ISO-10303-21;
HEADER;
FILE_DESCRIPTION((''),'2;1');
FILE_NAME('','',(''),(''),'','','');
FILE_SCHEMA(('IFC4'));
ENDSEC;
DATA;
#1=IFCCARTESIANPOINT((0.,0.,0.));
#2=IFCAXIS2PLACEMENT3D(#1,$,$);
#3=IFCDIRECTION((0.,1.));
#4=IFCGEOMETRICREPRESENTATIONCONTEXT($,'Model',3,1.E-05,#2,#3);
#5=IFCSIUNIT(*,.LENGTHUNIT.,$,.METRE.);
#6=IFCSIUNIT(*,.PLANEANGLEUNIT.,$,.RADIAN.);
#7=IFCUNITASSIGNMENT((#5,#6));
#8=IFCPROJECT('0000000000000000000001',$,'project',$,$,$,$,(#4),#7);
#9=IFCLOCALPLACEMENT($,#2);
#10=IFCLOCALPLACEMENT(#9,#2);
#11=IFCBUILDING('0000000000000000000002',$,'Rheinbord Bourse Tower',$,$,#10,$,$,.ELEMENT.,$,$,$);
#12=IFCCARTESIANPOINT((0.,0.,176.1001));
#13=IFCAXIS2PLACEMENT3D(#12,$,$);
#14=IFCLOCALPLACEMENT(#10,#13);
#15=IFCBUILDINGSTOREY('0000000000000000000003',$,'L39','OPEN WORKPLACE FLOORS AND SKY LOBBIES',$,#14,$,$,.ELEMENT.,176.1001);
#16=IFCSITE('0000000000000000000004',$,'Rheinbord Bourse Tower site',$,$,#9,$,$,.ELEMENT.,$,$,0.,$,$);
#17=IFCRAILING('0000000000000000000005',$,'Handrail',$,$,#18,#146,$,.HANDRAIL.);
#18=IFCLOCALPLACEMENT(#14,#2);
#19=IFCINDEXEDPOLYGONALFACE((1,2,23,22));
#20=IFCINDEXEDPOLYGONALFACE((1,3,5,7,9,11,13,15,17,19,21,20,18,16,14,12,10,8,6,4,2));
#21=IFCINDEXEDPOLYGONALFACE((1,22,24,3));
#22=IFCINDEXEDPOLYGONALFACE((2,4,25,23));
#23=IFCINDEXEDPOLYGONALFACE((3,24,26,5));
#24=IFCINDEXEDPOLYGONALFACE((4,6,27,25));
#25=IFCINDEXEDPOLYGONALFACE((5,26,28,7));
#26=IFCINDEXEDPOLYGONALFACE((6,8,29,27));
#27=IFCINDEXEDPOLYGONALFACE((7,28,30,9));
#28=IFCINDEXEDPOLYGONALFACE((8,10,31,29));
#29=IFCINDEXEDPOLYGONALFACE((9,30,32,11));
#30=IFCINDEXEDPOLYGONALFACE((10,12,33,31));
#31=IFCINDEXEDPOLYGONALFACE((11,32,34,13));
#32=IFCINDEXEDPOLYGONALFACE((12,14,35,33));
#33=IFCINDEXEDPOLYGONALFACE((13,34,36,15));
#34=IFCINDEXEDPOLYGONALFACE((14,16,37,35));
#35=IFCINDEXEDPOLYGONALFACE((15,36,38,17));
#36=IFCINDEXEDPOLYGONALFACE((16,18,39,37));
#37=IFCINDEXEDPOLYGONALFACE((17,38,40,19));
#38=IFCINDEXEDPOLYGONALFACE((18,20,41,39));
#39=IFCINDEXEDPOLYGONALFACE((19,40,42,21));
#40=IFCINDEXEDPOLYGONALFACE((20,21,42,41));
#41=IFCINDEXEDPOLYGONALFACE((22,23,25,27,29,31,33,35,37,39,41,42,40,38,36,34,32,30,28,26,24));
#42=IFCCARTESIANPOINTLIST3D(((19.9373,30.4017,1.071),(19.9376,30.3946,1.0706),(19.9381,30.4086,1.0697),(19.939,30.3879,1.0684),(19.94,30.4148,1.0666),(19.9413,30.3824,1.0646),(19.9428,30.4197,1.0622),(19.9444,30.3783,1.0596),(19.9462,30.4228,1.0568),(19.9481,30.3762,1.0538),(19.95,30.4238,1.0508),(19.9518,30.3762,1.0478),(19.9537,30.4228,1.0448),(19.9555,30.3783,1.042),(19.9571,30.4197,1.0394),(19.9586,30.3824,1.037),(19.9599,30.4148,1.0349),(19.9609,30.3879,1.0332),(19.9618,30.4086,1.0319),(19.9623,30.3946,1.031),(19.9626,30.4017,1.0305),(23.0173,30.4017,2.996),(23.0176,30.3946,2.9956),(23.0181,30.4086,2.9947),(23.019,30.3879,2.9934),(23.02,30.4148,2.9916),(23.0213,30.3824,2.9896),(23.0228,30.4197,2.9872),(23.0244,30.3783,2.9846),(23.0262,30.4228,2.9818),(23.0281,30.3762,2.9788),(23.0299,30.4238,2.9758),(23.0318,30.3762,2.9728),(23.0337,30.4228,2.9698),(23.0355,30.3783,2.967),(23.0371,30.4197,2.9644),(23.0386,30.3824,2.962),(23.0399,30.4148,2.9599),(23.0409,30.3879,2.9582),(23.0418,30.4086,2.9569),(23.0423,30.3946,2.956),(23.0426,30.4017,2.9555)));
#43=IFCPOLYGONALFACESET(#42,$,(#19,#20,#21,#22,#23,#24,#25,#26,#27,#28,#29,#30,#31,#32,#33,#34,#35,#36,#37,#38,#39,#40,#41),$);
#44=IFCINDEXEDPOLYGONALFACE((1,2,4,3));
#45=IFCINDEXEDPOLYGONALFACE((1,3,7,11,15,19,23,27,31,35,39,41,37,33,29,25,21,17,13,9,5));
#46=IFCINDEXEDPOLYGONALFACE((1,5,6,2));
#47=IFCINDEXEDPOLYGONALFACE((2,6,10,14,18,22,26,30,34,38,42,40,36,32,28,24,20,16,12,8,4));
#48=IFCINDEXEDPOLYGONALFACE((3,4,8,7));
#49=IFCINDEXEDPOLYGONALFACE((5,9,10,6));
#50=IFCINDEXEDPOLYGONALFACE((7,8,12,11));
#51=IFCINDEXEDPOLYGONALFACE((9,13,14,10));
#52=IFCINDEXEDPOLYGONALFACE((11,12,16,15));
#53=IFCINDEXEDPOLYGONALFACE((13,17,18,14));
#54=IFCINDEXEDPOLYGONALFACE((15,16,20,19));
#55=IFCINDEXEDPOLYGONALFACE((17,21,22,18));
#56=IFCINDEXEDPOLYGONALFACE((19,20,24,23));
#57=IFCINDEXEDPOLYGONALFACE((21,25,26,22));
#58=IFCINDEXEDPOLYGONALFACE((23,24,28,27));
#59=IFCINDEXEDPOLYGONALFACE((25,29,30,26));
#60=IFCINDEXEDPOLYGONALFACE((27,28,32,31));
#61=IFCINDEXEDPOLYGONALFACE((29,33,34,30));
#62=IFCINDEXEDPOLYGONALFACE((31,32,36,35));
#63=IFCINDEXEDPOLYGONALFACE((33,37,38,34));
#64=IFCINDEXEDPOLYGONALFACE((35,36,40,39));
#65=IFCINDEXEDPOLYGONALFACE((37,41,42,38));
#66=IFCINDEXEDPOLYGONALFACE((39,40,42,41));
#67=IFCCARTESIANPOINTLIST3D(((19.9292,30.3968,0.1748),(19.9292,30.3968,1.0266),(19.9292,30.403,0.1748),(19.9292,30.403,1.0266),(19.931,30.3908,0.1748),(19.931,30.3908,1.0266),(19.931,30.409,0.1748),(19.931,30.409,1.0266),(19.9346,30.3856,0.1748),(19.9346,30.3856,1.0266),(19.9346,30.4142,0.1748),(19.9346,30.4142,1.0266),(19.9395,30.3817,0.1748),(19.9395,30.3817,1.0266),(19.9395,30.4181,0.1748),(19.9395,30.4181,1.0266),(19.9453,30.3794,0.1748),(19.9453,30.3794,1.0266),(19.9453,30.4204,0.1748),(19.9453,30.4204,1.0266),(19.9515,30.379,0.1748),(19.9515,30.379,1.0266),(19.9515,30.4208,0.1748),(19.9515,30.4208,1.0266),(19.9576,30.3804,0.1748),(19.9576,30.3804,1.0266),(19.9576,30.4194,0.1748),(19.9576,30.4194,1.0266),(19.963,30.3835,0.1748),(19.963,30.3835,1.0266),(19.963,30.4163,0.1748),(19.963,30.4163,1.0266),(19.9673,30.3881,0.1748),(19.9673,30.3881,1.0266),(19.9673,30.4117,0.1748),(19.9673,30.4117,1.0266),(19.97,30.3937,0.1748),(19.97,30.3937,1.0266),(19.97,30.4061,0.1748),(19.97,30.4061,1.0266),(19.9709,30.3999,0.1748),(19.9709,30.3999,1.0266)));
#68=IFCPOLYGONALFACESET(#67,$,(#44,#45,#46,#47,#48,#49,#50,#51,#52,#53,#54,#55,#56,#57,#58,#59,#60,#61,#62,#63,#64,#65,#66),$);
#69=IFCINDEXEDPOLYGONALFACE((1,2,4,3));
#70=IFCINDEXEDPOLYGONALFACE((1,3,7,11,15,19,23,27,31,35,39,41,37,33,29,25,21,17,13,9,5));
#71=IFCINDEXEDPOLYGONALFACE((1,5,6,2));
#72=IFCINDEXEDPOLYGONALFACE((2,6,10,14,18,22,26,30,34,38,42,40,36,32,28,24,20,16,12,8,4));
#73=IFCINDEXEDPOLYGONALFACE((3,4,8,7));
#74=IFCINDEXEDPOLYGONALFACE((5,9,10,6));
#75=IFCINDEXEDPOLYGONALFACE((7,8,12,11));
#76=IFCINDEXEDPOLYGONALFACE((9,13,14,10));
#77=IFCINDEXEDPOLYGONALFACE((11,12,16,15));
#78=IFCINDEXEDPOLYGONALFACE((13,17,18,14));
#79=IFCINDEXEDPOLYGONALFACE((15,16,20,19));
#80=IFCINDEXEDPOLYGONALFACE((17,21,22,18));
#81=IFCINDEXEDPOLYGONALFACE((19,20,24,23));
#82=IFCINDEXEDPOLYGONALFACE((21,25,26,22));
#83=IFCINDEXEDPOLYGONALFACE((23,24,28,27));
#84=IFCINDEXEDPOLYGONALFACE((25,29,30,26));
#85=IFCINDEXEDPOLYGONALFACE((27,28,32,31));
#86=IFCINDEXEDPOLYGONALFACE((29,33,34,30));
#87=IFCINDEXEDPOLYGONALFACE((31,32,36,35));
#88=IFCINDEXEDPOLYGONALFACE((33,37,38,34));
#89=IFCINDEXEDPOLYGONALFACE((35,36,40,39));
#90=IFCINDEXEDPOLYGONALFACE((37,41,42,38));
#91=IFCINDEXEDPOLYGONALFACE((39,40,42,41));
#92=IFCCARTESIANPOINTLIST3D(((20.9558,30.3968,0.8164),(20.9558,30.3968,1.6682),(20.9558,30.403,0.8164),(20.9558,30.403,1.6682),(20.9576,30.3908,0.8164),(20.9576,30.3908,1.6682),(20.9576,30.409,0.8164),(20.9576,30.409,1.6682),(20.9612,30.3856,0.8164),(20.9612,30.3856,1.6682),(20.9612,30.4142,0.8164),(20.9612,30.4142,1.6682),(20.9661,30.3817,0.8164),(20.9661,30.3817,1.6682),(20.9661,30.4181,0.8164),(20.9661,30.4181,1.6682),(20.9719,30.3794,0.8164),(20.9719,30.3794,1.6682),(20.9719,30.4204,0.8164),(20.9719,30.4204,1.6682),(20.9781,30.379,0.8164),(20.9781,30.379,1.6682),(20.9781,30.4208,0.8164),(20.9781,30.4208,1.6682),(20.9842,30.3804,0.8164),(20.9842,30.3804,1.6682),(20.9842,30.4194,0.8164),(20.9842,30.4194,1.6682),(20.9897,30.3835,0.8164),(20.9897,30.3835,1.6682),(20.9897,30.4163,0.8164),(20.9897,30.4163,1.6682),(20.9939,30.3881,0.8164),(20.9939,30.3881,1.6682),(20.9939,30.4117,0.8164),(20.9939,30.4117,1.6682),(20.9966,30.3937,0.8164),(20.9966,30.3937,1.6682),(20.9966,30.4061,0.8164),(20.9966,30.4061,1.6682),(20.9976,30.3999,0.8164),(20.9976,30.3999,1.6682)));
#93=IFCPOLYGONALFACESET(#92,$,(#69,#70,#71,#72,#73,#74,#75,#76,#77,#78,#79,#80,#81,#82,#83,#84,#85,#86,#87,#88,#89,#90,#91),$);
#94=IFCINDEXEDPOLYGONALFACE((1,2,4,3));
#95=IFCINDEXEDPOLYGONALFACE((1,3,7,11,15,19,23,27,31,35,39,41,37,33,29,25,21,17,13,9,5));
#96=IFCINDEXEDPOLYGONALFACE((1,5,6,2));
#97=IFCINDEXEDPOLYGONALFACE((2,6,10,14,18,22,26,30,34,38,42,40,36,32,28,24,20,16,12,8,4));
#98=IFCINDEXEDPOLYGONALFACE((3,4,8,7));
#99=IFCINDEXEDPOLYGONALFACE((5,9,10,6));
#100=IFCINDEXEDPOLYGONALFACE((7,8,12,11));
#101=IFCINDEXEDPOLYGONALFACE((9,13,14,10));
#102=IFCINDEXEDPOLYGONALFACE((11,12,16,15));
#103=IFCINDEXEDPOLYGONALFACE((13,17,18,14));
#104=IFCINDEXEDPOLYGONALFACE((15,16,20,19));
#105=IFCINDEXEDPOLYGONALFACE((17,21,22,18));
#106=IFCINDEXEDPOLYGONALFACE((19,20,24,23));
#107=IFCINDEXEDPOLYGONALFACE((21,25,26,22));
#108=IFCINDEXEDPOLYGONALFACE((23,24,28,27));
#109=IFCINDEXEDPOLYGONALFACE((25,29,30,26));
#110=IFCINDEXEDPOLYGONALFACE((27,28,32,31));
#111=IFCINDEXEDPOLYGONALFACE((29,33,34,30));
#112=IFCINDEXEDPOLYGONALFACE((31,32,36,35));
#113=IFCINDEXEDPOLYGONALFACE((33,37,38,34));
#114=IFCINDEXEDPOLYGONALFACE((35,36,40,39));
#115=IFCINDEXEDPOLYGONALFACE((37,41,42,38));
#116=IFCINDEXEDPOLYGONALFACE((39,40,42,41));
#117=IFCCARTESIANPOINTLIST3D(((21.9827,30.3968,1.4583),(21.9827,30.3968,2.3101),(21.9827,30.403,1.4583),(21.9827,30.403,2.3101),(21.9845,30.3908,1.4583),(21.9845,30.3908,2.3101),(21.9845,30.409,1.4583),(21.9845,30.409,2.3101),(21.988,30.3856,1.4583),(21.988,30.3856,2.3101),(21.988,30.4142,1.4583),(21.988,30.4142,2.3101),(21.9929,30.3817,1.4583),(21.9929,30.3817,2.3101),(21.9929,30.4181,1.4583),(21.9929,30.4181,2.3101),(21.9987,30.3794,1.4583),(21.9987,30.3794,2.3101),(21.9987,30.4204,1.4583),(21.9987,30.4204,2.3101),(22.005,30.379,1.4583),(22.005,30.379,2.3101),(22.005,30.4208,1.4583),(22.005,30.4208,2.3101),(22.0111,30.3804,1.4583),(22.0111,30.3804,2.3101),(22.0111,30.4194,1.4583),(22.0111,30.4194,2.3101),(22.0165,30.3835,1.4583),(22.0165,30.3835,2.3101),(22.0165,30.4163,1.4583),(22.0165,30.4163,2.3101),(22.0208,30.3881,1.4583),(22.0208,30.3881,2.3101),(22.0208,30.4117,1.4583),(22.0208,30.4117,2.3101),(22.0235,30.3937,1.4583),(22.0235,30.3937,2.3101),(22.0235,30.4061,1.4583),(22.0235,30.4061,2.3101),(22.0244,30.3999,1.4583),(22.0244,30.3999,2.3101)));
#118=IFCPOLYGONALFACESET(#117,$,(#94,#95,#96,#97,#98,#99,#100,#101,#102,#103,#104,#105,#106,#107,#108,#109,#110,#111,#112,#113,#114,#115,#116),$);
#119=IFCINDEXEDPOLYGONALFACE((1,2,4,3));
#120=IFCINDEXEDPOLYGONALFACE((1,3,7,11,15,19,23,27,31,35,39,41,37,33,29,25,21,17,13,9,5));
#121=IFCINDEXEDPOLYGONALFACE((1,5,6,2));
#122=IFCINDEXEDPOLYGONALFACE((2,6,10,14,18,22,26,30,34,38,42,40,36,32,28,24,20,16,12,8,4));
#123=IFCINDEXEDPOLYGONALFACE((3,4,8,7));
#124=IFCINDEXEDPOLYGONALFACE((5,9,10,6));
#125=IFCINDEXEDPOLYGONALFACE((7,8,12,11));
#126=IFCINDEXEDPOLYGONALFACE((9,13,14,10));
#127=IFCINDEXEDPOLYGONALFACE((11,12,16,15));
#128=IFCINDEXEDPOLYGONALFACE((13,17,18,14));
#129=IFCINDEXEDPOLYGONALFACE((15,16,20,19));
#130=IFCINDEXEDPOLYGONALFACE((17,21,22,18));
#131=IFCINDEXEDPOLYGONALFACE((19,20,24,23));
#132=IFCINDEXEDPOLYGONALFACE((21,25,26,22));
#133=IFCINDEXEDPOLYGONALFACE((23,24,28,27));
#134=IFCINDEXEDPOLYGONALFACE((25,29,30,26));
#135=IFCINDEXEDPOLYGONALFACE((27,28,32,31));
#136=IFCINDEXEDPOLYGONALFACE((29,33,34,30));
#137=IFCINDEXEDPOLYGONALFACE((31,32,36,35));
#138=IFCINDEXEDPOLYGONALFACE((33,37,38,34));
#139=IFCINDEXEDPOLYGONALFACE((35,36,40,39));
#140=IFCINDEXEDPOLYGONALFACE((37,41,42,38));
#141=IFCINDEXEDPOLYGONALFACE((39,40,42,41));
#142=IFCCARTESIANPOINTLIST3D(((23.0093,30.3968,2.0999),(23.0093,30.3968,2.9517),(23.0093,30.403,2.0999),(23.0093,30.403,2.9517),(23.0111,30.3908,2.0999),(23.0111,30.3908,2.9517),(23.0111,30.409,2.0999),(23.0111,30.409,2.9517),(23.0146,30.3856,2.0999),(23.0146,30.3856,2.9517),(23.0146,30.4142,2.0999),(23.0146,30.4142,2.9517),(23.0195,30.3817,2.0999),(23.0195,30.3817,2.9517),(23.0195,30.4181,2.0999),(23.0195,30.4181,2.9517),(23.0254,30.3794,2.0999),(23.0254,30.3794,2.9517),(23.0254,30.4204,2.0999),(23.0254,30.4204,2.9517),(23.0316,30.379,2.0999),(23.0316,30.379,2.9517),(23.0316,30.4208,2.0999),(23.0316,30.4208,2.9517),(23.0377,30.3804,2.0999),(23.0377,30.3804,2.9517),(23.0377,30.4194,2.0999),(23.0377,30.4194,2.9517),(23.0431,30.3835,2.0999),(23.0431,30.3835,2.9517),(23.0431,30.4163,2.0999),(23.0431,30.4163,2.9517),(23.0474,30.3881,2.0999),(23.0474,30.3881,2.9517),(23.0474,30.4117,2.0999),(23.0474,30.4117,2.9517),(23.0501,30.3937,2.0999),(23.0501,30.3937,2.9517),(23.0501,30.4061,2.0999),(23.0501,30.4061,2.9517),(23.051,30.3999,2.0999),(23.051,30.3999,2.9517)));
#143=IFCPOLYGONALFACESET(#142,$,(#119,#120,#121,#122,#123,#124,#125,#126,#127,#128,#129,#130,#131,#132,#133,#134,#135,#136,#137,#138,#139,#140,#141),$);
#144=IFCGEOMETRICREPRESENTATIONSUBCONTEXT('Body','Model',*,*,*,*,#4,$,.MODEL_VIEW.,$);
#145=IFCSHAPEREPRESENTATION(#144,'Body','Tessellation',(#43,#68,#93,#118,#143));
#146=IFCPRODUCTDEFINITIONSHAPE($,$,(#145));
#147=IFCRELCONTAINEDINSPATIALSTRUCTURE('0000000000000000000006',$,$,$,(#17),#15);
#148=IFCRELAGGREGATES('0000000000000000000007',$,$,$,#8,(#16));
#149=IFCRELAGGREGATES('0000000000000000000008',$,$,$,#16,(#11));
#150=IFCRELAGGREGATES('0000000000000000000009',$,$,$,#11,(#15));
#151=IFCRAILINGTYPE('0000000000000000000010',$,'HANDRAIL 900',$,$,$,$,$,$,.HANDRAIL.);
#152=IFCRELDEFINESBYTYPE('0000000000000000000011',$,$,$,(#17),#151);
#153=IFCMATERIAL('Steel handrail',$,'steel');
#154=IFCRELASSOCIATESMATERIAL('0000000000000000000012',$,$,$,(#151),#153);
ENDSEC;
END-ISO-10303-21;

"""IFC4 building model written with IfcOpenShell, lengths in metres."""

from ifc_helpers import new_model, si_unit, direction, frame, origin, origin_2d, place, context, subcontext, project, spatial, circle, extrude, material, type_object, element, save


model = new_model("IFC4")

# Units and contexts
model_context = context("Model", 3, precision=1e-05, world=origin(), true_north=direction((0.0, 1.0)))
body_context = subcontext(model_context, "Body", "Model", "MODEL_VIEW")
ifc_project = project(units=[si_unit("LENGTHUNIT", "METRE"), si_unit("PLANEANGLEUNIT", "RADIAN")], contexts=[model_context])

# Site, building, storey
site_placement = place(None, origin())
site = spatial("IfcSite", under=ifc_project, at=site_placement, Name="Rheinbord Bourse Tower site", CompositionType="ELEMENT", RefElevation=0.0)
building_placement = place(site_placement, origin())
building = spatial("IfcBuilding", under=site, at=building_placement, Name="Rheinbord Bourse Tower", CompositionType="ELEMENT")
storey_placement = place(building_placement, frame((0.0, 0.0, 176.1001)))
storey = spatial("IfcBuildingStorey", under=building, at=storey_placement, Name="L39", Description="OPEN WORKPLACE FLOORS AND SKY LOBBIES", CompositionType="ELEMENT", Elevation=176.1001)

# Railing
ifc_material_1 = material(Name="Steel handrail", Category="steel")
railing_type = type_object("IfcRailingType", Name="HANDRAIL 900", PredefinedType="HANDRAIL", material=ifc_material_1)
railing_1_placement = place(storey_placement, frame((19.95, 30.3999, 0.1748)))
element("IfcRailing", 1, at=railing_1_placement, inside=storey, type_object=railing_type, Name="Handrail", PredefinedType="HANDRAIL", context=body_context, shape_type="SweptSolid", body=[
    extrude(circle(Radius=0.0239, at=origin_2d()), frame((0.0, 0.0, 0.876), z_axis=(0.847998, 0.0, 0.529999), x_axis=(0.0, 1.0, 0.0)), (0.0, 0.0, 1.0), 3.6321),
    extrude(circle(Radius=0.021, at=origin_2d()), origin(), (0.0, 0.0, 1.0), 0.8518),
    extrude(circle(Radius=0.021, at=origin_2d()), frame((1.0266, 0.0, 0.6416)), (0.0, 0.0, 1.0), 0.8518),
    extrude(circle(Radius=0.021, at=origin_2d()), frame((2.0535, 0.0, 1.2834)), (0.0, 0.0, 1.0), 0.8518),
    extrude(circle(Radius=0.021, at=origin_2d()), frame((3.0801, 0.0, 1.925)), (0.0, 0.0, 1.0), 0.8518),
])

save(model, "model.ifc")
